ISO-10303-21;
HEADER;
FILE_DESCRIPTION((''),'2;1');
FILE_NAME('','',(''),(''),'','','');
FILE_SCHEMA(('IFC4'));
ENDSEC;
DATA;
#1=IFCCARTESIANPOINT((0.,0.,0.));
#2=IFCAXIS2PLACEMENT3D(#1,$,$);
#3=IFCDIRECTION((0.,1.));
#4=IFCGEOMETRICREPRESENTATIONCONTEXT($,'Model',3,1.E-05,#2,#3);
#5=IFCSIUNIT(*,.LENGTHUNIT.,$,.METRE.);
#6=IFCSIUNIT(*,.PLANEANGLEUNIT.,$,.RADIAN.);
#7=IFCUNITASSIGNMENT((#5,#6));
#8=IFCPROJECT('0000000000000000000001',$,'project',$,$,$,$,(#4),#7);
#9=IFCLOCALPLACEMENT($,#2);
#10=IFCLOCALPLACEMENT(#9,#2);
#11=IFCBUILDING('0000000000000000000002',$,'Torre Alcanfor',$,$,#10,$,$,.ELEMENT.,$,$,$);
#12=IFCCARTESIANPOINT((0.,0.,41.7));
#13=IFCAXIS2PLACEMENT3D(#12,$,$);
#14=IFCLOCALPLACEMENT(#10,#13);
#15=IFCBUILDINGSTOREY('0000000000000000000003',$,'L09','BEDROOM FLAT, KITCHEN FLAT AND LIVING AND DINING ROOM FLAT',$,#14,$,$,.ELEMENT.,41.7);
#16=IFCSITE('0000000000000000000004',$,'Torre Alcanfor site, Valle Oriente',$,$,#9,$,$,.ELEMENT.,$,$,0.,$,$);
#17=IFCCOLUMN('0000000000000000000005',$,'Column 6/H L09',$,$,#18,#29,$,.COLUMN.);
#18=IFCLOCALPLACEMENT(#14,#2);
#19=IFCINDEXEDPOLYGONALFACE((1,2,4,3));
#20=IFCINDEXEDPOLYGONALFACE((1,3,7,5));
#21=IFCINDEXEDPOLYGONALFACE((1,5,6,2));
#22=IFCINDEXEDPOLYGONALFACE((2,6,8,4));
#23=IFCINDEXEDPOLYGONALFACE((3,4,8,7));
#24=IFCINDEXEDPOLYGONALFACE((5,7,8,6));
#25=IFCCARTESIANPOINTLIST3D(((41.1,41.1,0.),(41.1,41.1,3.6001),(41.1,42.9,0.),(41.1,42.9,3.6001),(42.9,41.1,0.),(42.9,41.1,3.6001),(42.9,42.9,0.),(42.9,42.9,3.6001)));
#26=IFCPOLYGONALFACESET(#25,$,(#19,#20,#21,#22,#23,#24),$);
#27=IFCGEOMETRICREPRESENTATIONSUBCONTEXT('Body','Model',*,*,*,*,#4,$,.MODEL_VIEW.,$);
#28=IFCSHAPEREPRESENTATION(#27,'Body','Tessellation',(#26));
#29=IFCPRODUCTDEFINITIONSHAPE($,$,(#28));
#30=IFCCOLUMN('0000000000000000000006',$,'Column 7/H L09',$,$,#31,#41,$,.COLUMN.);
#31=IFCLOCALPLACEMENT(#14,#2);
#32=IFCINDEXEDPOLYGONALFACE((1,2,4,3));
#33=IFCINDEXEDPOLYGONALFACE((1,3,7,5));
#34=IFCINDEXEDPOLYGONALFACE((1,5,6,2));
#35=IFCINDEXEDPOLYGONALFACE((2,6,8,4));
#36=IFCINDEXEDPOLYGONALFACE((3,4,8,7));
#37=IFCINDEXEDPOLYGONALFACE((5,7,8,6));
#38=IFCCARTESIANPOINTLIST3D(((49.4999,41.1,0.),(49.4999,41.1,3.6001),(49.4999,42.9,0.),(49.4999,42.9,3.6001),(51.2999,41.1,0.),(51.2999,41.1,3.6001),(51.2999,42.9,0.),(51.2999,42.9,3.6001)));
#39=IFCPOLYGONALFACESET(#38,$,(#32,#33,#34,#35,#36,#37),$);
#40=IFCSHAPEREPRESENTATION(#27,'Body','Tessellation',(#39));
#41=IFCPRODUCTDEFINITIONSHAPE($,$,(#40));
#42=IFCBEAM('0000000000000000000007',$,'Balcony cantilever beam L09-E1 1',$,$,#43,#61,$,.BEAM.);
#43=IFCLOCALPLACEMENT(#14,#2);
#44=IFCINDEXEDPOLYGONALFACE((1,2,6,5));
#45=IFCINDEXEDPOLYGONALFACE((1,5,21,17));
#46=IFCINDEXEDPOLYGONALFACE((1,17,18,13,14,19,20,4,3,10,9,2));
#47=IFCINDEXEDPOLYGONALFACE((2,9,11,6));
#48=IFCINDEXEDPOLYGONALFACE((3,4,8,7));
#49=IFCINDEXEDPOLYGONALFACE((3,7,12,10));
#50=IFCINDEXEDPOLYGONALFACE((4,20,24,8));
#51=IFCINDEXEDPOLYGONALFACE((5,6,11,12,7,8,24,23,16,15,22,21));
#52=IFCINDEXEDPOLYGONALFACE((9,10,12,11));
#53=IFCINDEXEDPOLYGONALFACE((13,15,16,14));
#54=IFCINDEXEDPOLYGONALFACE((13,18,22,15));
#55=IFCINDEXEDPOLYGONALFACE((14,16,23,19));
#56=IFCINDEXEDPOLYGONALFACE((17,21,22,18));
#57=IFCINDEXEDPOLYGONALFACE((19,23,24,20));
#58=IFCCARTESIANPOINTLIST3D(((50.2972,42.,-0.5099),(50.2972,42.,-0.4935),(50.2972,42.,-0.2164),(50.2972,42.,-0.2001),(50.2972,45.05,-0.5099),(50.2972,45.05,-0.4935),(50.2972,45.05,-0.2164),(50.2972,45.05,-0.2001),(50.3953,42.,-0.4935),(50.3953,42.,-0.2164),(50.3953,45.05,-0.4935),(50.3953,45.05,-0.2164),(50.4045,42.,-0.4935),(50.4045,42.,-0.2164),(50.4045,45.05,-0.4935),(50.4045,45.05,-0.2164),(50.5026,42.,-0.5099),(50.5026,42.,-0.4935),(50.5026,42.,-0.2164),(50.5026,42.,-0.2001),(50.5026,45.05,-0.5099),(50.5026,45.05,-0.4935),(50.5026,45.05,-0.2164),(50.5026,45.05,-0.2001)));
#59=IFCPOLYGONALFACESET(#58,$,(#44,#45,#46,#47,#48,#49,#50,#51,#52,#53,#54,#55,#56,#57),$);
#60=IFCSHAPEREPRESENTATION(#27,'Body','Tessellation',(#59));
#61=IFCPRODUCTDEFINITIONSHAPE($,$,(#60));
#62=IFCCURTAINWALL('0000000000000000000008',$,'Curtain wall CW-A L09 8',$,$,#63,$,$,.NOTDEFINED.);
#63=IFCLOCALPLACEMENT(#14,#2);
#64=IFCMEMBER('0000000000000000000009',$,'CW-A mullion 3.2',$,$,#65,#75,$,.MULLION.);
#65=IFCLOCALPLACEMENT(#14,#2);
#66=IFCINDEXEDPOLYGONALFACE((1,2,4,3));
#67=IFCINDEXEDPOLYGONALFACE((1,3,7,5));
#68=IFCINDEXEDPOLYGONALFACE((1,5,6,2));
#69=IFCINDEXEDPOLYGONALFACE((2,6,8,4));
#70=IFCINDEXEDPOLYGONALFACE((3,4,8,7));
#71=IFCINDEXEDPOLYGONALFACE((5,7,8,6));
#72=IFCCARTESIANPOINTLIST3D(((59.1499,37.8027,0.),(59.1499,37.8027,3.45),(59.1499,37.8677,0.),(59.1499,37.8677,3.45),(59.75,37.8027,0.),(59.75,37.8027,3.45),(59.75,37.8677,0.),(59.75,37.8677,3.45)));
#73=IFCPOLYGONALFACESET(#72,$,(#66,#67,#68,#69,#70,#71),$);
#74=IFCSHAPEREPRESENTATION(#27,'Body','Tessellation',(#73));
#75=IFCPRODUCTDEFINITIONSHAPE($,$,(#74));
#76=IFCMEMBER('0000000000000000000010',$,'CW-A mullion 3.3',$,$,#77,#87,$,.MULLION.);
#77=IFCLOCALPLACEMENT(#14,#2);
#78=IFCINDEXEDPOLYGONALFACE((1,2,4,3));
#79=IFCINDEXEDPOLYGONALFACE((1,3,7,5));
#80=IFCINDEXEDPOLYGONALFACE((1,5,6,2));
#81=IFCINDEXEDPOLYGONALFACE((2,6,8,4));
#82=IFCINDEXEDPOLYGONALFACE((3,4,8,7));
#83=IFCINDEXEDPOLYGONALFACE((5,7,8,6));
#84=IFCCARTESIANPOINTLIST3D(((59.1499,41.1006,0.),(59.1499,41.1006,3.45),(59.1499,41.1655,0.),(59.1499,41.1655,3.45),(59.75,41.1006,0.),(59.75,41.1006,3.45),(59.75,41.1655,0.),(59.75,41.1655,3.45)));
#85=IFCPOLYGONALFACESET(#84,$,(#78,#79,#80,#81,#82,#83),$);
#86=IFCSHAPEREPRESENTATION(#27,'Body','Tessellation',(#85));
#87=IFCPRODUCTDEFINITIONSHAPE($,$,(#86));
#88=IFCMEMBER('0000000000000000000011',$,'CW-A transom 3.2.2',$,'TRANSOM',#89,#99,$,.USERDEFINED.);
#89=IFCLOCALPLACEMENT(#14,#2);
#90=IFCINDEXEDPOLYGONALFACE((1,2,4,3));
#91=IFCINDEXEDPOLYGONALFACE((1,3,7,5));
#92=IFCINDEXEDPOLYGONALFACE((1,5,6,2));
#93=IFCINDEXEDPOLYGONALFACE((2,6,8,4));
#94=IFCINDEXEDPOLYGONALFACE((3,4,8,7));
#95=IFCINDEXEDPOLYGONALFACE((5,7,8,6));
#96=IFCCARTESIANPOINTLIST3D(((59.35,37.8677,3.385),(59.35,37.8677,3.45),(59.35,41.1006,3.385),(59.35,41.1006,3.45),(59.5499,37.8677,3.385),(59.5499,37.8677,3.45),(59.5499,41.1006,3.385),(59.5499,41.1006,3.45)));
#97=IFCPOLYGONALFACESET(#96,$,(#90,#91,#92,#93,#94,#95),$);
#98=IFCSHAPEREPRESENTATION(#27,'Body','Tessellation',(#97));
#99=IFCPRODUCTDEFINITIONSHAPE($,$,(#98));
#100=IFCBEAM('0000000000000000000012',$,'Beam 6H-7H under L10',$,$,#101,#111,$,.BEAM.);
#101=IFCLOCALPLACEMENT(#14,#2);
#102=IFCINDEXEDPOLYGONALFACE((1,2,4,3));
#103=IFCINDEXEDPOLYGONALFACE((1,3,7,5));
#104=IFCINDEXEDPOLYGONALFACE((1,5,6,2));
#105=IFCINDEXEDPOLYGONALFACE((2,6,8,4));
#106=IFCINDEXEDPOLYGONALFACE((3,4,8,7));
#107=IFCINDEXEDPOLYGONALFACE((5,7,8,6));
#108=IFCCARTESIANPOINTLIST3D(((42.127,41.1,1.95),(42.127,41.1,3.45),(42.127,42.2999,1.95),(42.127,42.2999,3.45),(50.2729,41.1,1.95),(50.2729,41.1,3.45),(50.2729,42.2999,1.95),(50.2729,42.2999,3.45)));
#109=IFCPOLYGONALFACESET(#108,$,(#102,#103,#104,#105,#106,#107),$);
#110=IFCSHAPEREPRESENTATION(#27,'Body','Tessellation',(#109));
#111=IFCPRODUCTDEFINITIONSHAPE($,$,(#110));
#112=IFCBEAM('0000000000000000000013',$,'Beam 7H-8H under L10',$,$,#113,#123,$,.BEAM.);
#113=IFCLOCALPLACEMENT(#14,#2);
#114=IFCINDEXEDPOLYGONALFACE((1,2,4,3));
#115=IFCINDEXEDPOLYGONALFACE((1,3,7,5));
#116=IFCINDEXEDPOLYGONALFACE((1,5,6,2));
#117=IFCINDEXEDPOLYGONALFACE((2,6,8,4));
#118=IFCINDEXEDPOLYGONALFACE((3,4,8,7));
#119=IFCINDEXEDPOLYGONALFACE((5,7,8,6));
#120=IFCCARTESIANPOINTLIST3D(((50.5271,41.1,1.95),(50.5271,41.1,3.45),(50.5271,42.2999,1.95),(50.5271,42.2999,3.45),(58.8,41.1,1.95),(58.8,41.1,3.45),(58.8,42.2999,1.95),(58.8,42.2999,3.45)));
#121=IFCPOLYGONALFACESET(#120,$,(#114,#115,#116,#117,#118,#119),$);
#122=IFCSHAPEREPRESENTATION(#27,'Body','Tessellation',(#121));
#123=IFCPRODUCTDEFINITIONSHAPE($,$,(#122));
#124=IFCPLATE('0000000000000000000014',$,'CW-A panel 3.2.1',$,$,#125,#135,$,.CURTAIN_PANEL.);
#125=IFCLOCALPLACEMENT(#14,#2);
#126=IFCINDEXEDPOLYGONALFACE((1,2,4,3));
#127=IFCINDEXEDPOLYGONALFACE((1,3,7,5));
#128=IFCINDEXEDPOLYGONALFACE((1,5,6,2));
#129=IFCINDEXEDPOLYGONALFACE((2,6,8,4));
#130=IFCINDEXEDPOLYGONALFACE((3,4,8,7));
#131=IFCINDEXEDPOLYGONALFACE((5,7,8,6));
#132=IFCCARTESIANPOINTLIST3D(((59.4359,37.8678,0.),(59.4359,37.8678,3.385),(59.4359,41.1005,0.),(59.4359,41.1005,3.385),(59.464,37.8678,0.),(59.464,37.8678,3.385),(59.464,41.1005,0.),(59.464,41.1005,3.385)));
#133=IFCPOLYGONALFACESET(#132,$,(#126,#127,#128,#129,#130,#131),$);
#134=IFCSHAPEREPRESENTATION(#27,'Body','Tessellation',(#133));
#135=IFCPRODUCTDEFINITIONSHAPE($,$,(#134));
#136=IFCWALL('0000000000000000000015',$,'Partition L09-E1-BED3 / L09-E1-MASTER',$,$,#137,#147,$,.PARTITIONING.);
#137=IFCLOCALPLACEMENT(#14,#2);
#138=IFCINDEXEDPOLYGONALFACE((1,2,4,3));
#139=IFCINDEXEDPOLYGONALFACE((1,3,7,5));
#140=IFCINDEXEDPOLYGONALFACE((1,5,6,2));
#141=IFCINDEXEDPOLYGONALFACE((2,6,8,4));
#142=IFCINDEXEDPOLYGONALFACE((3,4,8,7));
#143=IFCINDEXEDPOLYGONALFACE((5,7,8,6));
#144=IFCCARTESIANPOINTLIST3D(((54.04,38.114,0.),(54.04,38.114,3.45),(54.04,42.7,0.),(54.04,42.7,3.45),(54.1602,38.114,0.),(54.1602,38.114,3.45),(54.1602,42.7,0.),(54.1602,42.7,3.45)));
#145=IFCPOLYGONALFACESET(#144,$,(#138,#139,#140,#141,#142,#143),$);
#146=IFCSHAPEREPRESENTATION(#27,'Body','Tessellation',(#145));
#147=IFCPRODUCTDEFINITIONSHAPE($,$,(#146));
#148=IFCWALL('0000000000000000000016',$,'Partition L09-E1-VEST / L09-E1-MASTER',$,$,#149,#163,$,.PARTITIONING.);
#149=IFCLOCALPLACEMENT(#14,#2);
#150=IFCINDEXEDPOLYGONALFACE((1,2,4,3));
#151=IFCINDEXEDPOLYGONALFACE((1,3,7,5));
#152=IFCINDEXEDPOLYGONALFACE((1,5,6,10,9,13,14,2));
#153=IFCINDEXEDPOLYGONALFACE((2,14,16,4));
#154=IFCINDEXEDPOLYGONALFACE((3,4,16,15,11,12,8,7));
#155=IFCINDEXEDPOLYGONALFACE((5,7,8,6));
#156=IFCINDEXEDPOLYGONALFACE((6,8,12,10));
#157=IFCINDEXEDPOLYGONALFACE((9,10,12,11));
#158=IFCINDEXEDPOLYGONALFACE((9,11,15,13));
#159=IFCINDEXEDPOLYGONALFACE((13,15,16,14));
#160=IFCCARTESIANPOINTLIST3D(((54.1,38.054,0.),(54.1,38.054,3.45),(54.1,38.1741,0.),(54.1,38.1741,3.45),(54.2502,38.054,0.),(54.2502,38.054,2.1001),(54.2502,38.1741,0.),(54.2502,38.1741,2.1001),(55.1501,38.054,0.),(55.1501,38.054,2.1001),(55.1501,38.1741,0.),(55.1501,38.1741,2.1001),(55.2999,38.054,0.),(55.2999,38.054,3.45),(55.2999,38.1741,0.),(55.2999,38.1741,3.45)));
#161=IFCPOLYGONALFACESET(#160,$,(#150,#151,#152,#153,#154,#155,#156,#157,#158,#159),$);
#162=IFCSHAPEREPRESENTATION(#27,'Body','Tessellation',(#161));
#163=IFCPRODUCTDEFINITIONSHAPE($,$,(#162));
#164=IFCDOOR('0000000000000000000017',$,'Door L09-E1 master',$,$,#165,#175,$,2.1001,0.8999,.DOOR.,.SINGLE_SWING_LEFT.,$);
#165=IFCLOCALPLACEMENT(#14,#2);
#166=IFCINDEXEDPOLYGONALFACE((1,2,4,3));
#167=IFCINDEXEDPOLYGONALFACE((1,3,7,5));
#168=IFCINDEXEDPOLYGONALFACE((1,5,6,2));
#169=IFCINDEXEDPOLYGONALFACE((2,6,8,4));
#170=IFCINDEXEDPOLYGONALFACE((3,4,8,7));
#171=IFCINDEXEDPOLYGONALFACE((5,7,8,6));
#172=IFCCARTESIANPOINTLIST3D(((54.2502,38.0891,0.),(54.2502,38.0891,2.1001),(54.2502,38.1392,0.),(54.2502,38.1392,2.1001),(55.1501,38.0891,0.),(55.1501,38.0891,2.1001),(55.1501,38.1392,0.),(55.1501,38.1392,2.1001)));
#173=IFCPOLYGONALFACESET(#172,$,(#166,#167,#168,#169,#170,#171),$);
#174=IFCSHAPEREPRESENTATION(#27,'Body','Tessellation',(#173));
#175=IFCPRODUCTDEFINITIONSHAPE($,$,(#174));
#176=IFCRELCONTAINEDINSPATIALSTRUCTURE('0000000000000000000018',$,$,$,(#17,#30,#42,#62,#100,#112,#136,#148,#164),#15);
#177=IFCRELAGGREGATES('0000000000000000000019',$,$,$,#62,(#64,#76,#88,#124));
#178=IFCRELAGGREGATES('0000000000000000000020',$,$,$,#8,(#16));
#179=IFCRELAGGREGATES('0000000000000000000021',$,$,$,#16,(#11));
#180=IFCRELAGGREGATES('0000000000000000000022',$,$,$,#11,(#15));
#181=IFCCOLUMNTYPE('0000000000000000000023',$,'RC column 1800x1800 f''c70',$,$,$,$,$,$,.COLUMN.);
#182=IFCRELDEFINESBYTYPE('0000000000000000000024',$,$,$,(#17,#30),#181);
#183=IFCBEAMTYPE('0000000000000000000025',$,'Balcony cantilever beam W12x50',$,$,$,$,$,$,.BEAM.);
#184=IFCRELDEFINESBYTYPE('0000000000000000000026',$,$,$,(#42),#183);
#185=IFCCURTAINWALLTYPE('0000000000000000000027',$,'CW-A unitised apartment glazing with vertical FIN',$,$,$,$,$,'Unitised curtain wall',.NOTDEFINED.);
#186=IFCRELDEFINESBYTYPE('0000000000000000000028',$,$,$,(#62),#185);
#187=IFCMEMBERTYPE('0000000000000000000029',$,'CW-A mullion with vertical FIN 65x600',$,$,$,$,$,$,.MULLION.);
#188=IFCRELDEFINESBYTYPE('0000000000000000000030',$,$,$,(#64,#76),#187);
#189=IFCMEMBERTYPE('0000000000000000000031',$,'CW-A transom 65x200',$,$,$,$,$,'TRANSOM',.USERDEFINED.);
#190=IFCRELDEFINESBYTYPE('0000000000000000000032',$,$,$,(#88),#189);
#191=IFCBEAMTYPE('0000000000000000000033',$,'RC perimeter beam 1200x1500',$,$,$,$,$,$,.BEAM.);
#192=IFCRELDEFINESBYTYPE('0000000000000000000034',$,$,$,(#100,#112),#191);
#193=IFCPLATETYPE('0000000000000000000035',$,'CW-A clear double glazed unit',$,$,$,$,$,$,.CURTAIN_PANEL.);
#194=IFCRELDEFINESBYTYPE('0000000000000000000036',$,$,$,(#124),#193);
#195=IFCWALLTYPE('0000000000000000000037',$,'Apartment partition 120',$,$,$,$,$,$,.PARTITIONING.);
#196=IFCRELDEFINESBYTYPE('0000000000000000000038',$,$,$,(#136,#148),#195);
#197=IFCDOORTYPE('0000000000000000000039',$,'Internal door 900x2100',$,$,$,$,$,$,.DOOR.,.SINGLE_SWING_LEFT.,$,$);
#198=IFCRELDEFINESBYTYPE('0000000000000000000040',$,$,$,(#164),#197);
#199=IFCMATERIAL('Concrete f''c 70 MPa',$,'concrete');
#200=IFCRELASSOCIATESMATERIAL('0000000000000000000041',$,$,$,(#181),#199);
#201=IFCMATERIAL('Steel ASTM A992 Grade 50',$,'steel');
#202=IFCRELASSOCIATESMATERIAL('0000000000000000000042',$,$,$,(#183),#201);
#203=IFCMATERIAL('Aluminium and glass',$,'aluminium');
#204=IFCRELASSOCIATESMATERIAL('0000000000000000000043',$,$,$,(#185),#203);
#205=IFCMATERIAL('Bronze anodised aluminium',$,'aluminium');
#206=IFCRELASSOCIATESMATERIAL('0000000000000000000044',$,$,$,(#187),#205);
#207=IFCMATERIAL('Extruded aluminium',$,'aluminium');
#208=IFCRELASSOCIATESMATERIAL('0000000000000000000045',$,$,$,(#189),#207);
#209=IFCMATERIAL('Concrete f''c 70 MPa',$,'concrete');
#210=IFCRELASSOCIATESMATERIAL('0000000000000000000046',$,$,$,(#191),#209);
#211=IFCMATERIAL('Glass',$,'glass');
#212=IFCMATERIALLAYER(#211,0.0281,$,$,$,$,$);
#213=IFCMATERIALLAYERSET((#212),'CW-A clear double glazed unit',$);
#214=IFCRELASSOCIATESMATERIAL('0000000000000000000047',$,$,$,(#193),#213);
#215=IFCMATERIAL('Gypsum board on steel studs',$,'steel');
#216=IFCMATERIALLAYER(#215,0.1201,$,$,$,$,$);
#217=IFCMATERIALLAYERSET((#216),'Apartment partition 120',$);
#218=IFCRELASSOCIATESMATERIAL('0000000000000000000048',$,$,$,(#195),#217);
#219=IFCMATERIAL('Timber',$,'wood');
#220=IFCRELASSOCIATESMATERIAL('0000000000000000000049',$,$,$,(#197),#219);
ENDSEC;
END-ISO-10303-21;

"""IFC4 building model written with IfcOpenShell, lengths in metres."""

from ifc_helpers import new_model, si_unit, direction, frame, frame_2d, origin, origin_2d, place, context, subcontext, project, spatial, rectangle, i_section, extrude, material, layer, layer_set, material_profile, profile_set, type_object, element, fill, aggregate, save


model = new_model("IFC4")

# Units and contexts
model_context = context("Model", 3, precision=1e-05, world=origin(), true_north=direction((0.0, 1.0)))
body_context = subcontext(model_context, "Body", "Model", "MODEL_VIEW")
ifc_project = project(units=[si_unit("LENGTHUNIT", "METRE"), si_unit("PLANEANGLEUNIT", "RADIAN")], contexts=[model_context])

# Site, building, storey
site_placement = place(None, origin())
site = spatial("IfcSite", under=ifc_project, at=site_placement, Name="Torre Alcanfor site, Valle Oriente", CompositionType="ELEMENT", RefElevation=0.0)
building_placement = place(site_placement, origin())
building = spatial("IfcBuilding", under=site, at=building_placement, Name="Torre Alcanfor", CompositionType="ELEMENT")
storey_placement = place(building_placement, frame((0.0, 0.0, 41.7)))
storey = spatial("IfcBuildingStorey", under=building, at=storey_placement, Name="L09", Description="BEDROOM FLAT, KITCHEN FLAT AND LIVING AND DINING ROOM FLAT", CompositionType="ELEMENT", Elevation=41.7)

# Columns
ifc_material_1 = material(Name="Concrete f'c 70 MPa", Category="concrete")
ifc_material_profile_1 = material_profile(ifc_material_1, rectangle(XDim=1.8, YDim=1.8, at=origin_2d()), Name="1800x1800")
ifc_profile_set_1 = profile_set([ifc_material_profile_1], Name="Concrete f'c 70 MPa")
column_type = type_object("IfcColumnType", Name="RC column 1800x1800 f'c70", PredefinedType="COLUMN", material=ifc_profile_set_1)
for number, where, z_axis, x_axis, name in (
    (1, (42.0, 42.0, 0.0), (0.0, 0.0, 1.0), (1.0, 0.0, 0.0), "Column 6/H L09"),
    (2, (50.3999, 42.0, 0.0), (0.0, 0.0, 1.0), (1.0, 0.0, 0.0), "Column 7/H L09"),
):
    element("IfcColumn", number, at=place(storey_placement, frame(where, z_axis=z_axis, x_axis=x_axis)), inside=storey, type_object=column_type, Name=name, PredefinedType="COLUMN", context=body_context, shape_type="SweptSolid", body=[
        extrude(rectangle(XDim=1.8, YDim=1.8, at=origin_2d()), origin(), (0.0, 0.0, 1.0), 3.6001),
    ])

# Beam
ifc_material_2 = material(Name="Steel ASTM A992 Grade 50", Category="steel")
ifc_material_profile_2 = material_profile(ifc_material_2, i_section(OverallWidth=0.2053, OverallDepth=0.3098, WebThickness=0.0093, FlangeThickness=0.0164, at=origin_2d()), Name="W12x50")
ifc_profile_set_2 = profile_set([ifc_material_profile_2], Name="Steel ASTM A992 Grade 50")
beam_type_1 = type_object("IfcBeamType", Name="Balcony cantilever beam W12x50", PredefinedType="BEAM", material=ifc_profile_set_2)
beam_1_placement = place(storey_placement, frame((50.3999, 42.0, -0.355), z_axis=(0.0, 1.0, 0.0), x_axis=(-1.0, 0.0, 0.0)))
element("IfcBeam", 3, at=beam_1_placement, inside=storey, type_object=beam_type_1, Name="Balcony cantilever beam L09-E1 1", PredefinedType="BEAM", context=body_context, shape_type="SweptSolid", body=[
    extrude(i_section(OverallWidth=0.2053, OverallDepth=0.3098, WebThickness=0.0093, FlangeThickness=0.0164, at=origin_2d()), origin(), (0.0, 0.0, 1.0), 3.05),
])

# Curtain wall, members
ifc_material_3 = material(Name="Aluminium and glass", Category="aluminium")
curtain_wall_type = type_object("IfcCurtainWallType", Name="CW-A unitised apartment glazing with vertical FIN", ElementType="Unitised curtain wall", PredefinedType="NOTDEFINED", material=ifc_material_3)
curtain_wall_placement = place(storey_placement, origin())
curtain_wall = element("IfcCurtainWall", 4, at=curtain_wall_placement, inside=storey, type_object=curtain_wall_type, Name="Curtain wall CW-A L09 8", PredefinedType="NOTDEFINED")
ifc_material_4 = material(Name="Bronze anodised aluminium", Category="aluminium")
ifc_material_profile_3 = material_profile(ifc_material_4, rectangle(XDim=0.6001, YDim=0.0649, at=origin_2d()), Name="CW-A mullion 65x600")
ifc_profile_set_3 = profile_set([ifc_material_profile_3], Name="Bronze anodised aluminium")
member_type_1 = type_object("IfcMemberType", Name="CW-A mullion with vertical FIN 65x600", PredefinedType="MULLION", material=ifc_profile_set_3)
member_1_placement = place(storey_placement, frame((59.45, 37.8352, 0.0), z_axis=(0.0, 0.0, 1.0), x_axis=(-1.0, 0.0, 0.0)))
member_1 = element("IfcMember", 5, at=member_1_placement, type_object=member_type_1, Name="CW-A mullion 3.2", PredefinedType="MULLION", context=body_context, shape_type="SweptSolid", body=[
    extrude(rectangle(XDim=0.6001, YDim=0.0649, at=origin_2d()), origin(), (0.0, 0.0, 1.0), 3.45),
])
member_2_placement = place(storey_placement, frame((59.45, 41.1331, 0.0), z_axis=(0.0, 0.0, 1.0), x_axis=(-1.0, 0.0, 0.0)))
member_2 = element("IfcMember", 6, at=member_2_placement, type_object=member_type_1, Name="CW-A mullion 3.3", PredefinedType="MULLION", context=body_context, shape_type="SweptSolid", body=[
    extrude(rectangle(XDim=0.6001, YDim=0.0649, at=origin_2d()), origin(), (0.0, 0.0, 1.0), 3.45),
])
ifc_material_5 = material(Name="Extruded aluminium", Category="aluminium")
ifc_material_profile_4 = material_profile(ifc_material_5, rectangle(XDim=0.2, YDim=0.0649, at=origin_2d()), Name="CW-A transom 200x65")
ifc_profile_set_4 = profile_set([ifc_material_profile_4], Name="Extruded aluminium")
member_type_2 = type_object("IfcMemberType", Name="CW-A transom 65x200", ElementType="TRANSOM", PredefinedType="USERDEFINED", material=ifc_profile_set_4)
member_3_placement = place(storey_placement, frame((59.45, 37.8677, 3.4175), z_axis=(0.0, 1.0, 0.0), x_axis=(-1.0, 0.0, 0.0)))
member_3 = element("IfcMember", 7, at=member_3_placement, type_object=member_type_2, Name="CW-A transom 3.2.2", ObjectType="TRANSOM", PredefinedType="USERDEFINED", context=body_context, shape_type="SweptSolid", body=[
    extrude(rectangle(XDim=0.2, YDim=0.0649, at=origin_2d()), origin(), (0.0, 0.0, 1.0), 3.2329),
])

# Beams
ifc_material_6 = material(Name="Concrete f'c 70 MPa", Category="concrete")
ifc_material_profile_5 = material_profile(ifc_material_6, rectangle(XDim=1.2, YDim=1.5, at=origin_2d()), Name="1200x1500")
ifc_profile_set_5 = profile_set([ifc_material_profile_5], Name="Concrete f'c 70 MPa")
beam_type_2 = type_object("IfcBeamType", Name="RC perimeter beam 1200x1500", PredefinedType="BEAM", material=ifc_profile_set_5)
beam_2_placement = place(storey_placement, frame((42.127, 41.7, 2.7), z_axis=(1.0, 0.0, 0.0), x_axis=(0.0, 1.0, 0.0)))
element("IfcBeam", 8, at=beam_2_placement, inside=storey, type_object=beam_type_2, Name="Beam 6H-7H under L10", PredefinedType="BEAM", context=body_context, shape_type="SweptSolid", body=[
    extrude(rectangle(XDim=1.2, YDim=1.5, at=origin_2d()), origin(), (0.0, 0.0, 1.0), 8.146),
])
beam_3_placement = place(storey_placement, frame((50.5271, 41.7, 2.7), z_axis=(1.0, 0.0, 0.0), x_axis=(0.0, 1.0, 0.0)))
element("IfcBeam", 9, at=beam_3_placement, inside=storey, type_object=beam_type_2, Name="Beam 7H-8H under L10", PredefinedType="BEAM", context=body_context, shape_type="SweptSolid", body=[
    extrude(rectangle(XDim=1.2, YDim=1.5, at=origin_2d()), origin(), (0.0, 0.0, 1.0), 8.2729),
])

# Plate
ifc_material_7 = material(Name="Glass", Category="glass")
ifc_layer_1 = layer(ifc_material_7, 0.0281)
ifc_layer_set_1 = layer_set([ifc_layer_1], Name="CW-A clear double glazed unit")
plate_type = type_object("IfcPlateType", Name="CW-A clear double glazed unit", PredefinedType="CURTAIN_PANEL", material=ifc_layer_set_1)
plate_placement = place(storey_placement, frame((59.45, 39.4841, 0.0), z_axis=(0.0, 0.0, 1.0), x_axis=(0.0, 1.0, 0.0)))
plate = element("IfcPlate", 10, at=plate_placement, type_object=plate_type, Name="CW-A panel 3.2.1", PredefinedType="CURTAIN_PANEL", context=body_context, shape_type="SweptSolid", body=[
    extrude(rectangle(XDim=3.2327, YDim=0.0281, at=origin_2d()), origin(), (0.0, 0.0, 1.0), 3.385),
])
aggregate(curtain_wall, [member_1, member_2, member_3, plate])

# Wall
ifc_material_8 = material(Name="Gypsum board on steel studs", Category="steel")
ifc_layer_2 = layer(ifc_material_8, 0.1201)
ifc_layer_set_2 = layer_set([ifc_layer_2], Name="Apartment partition 120")
wall_type_1 = type_object("IfcWallType", Name="Apartment partition 120", PredefinedType="PARTITIONING", material=ifc_layer_set_2)
wall_1_placement = place(storey_placement, frame((54.1001, 38.114, 0.0), z_axis=(0.0, 0.0, 1.0), x_axis=(0.0, 1.0, 0.0)))
element("IfcWall", 11, at=wall_1_placement, inside=storey, type_object=wall_type_1, Name="Partition L09-E1-BED3 / L09-E1-MASTER", PredefinedType="PARTITIONING", context=body_context, shape_type="SweptSolid", body=[
    extrude(rectangle(XDim=4.5859, YDim=0.1201, at=frame_2d((2.293, 0.0))), origin(), (0.0, 0.0, 1.0), 3.45),
])

# Wall, opening, door
wall_2_placement = place(storey_placement, frame((55.3, 38.114, 0.0), z_axis=(0.0, 0.0, 1.0), x_axis=(-1.0, 0.0, 0.0)))
wall_2 = element("IfcWall", 12, at=wall_2_placement, inside=storey, type_object=wall_type_1, Name="Partition L09-E1-VEST / L09-E1-MASTER", PredefinedType="PARTITIONING", context=body_context, shape_type="SweptSolid", body=[
    extrude(rectangle(XDim=1.2, YDim=0.1201, at=frame_2d((0.6001, 0.0))), origin(), (0.0, 0.0, 1.0), 3.45),
])
opening_1_placement = place(wall_2_placement, frame((0.1499, 0.0, 0.0)))
opening_1 = element("IfcOpeningElement", 13, at=opening_1_placement, cuts=wall_2, PredefinedType="OPENING", context=body_context, shape_type="SweptSolid", body=[
    extrude(rectangle(XDim=0.8999, YDim=2.1001, at=frame_2d((0.45, 1.05))), frame((0.0, 0.0701, 0.0), z_axis=(0.0, -1.0, 0.0), x_axis=(1.0, 0.0, 0.0)), (0.0, 0.0, 1.0), 0.1401),
])
ifc_material_9 = material(Name="Timber", Category="wood")
door_type_1 = type_object("IfcDoorType", Name="Internal door 900x2100", OperationType="SINGLE_SWING_LEFT", PredefinedType="DOOR", material=ifc_material_9)
door_1_placement = place(opening_1_placement, origin())
door_1 = element("IfcDoor", 14, at=door_1_placement, inside=storey, type_object=door_type_1, Name="Door L09-E1 master", OperationType="SINGLE_SWING_LEFT", OverallHeight=2.1001, OverallWidth=0.8999, PredefinedType="DOOR", context=body_context, shape_type="SweptSolid", body=[
    extrude(rectangle(XDim=0.8999, YDim=2.1001, at=frame_2d((0.45, 1.05))), frame((0.0, 0.0249, 0.0), z_axis=(0.0, -1.0, 0.0), x_axis=(1.0, 0.0, 0.0)), (0.0, 0.0, 1.0), 0.05),
])
fill(opening_1, door_1)

save(model, "model.ifc")
